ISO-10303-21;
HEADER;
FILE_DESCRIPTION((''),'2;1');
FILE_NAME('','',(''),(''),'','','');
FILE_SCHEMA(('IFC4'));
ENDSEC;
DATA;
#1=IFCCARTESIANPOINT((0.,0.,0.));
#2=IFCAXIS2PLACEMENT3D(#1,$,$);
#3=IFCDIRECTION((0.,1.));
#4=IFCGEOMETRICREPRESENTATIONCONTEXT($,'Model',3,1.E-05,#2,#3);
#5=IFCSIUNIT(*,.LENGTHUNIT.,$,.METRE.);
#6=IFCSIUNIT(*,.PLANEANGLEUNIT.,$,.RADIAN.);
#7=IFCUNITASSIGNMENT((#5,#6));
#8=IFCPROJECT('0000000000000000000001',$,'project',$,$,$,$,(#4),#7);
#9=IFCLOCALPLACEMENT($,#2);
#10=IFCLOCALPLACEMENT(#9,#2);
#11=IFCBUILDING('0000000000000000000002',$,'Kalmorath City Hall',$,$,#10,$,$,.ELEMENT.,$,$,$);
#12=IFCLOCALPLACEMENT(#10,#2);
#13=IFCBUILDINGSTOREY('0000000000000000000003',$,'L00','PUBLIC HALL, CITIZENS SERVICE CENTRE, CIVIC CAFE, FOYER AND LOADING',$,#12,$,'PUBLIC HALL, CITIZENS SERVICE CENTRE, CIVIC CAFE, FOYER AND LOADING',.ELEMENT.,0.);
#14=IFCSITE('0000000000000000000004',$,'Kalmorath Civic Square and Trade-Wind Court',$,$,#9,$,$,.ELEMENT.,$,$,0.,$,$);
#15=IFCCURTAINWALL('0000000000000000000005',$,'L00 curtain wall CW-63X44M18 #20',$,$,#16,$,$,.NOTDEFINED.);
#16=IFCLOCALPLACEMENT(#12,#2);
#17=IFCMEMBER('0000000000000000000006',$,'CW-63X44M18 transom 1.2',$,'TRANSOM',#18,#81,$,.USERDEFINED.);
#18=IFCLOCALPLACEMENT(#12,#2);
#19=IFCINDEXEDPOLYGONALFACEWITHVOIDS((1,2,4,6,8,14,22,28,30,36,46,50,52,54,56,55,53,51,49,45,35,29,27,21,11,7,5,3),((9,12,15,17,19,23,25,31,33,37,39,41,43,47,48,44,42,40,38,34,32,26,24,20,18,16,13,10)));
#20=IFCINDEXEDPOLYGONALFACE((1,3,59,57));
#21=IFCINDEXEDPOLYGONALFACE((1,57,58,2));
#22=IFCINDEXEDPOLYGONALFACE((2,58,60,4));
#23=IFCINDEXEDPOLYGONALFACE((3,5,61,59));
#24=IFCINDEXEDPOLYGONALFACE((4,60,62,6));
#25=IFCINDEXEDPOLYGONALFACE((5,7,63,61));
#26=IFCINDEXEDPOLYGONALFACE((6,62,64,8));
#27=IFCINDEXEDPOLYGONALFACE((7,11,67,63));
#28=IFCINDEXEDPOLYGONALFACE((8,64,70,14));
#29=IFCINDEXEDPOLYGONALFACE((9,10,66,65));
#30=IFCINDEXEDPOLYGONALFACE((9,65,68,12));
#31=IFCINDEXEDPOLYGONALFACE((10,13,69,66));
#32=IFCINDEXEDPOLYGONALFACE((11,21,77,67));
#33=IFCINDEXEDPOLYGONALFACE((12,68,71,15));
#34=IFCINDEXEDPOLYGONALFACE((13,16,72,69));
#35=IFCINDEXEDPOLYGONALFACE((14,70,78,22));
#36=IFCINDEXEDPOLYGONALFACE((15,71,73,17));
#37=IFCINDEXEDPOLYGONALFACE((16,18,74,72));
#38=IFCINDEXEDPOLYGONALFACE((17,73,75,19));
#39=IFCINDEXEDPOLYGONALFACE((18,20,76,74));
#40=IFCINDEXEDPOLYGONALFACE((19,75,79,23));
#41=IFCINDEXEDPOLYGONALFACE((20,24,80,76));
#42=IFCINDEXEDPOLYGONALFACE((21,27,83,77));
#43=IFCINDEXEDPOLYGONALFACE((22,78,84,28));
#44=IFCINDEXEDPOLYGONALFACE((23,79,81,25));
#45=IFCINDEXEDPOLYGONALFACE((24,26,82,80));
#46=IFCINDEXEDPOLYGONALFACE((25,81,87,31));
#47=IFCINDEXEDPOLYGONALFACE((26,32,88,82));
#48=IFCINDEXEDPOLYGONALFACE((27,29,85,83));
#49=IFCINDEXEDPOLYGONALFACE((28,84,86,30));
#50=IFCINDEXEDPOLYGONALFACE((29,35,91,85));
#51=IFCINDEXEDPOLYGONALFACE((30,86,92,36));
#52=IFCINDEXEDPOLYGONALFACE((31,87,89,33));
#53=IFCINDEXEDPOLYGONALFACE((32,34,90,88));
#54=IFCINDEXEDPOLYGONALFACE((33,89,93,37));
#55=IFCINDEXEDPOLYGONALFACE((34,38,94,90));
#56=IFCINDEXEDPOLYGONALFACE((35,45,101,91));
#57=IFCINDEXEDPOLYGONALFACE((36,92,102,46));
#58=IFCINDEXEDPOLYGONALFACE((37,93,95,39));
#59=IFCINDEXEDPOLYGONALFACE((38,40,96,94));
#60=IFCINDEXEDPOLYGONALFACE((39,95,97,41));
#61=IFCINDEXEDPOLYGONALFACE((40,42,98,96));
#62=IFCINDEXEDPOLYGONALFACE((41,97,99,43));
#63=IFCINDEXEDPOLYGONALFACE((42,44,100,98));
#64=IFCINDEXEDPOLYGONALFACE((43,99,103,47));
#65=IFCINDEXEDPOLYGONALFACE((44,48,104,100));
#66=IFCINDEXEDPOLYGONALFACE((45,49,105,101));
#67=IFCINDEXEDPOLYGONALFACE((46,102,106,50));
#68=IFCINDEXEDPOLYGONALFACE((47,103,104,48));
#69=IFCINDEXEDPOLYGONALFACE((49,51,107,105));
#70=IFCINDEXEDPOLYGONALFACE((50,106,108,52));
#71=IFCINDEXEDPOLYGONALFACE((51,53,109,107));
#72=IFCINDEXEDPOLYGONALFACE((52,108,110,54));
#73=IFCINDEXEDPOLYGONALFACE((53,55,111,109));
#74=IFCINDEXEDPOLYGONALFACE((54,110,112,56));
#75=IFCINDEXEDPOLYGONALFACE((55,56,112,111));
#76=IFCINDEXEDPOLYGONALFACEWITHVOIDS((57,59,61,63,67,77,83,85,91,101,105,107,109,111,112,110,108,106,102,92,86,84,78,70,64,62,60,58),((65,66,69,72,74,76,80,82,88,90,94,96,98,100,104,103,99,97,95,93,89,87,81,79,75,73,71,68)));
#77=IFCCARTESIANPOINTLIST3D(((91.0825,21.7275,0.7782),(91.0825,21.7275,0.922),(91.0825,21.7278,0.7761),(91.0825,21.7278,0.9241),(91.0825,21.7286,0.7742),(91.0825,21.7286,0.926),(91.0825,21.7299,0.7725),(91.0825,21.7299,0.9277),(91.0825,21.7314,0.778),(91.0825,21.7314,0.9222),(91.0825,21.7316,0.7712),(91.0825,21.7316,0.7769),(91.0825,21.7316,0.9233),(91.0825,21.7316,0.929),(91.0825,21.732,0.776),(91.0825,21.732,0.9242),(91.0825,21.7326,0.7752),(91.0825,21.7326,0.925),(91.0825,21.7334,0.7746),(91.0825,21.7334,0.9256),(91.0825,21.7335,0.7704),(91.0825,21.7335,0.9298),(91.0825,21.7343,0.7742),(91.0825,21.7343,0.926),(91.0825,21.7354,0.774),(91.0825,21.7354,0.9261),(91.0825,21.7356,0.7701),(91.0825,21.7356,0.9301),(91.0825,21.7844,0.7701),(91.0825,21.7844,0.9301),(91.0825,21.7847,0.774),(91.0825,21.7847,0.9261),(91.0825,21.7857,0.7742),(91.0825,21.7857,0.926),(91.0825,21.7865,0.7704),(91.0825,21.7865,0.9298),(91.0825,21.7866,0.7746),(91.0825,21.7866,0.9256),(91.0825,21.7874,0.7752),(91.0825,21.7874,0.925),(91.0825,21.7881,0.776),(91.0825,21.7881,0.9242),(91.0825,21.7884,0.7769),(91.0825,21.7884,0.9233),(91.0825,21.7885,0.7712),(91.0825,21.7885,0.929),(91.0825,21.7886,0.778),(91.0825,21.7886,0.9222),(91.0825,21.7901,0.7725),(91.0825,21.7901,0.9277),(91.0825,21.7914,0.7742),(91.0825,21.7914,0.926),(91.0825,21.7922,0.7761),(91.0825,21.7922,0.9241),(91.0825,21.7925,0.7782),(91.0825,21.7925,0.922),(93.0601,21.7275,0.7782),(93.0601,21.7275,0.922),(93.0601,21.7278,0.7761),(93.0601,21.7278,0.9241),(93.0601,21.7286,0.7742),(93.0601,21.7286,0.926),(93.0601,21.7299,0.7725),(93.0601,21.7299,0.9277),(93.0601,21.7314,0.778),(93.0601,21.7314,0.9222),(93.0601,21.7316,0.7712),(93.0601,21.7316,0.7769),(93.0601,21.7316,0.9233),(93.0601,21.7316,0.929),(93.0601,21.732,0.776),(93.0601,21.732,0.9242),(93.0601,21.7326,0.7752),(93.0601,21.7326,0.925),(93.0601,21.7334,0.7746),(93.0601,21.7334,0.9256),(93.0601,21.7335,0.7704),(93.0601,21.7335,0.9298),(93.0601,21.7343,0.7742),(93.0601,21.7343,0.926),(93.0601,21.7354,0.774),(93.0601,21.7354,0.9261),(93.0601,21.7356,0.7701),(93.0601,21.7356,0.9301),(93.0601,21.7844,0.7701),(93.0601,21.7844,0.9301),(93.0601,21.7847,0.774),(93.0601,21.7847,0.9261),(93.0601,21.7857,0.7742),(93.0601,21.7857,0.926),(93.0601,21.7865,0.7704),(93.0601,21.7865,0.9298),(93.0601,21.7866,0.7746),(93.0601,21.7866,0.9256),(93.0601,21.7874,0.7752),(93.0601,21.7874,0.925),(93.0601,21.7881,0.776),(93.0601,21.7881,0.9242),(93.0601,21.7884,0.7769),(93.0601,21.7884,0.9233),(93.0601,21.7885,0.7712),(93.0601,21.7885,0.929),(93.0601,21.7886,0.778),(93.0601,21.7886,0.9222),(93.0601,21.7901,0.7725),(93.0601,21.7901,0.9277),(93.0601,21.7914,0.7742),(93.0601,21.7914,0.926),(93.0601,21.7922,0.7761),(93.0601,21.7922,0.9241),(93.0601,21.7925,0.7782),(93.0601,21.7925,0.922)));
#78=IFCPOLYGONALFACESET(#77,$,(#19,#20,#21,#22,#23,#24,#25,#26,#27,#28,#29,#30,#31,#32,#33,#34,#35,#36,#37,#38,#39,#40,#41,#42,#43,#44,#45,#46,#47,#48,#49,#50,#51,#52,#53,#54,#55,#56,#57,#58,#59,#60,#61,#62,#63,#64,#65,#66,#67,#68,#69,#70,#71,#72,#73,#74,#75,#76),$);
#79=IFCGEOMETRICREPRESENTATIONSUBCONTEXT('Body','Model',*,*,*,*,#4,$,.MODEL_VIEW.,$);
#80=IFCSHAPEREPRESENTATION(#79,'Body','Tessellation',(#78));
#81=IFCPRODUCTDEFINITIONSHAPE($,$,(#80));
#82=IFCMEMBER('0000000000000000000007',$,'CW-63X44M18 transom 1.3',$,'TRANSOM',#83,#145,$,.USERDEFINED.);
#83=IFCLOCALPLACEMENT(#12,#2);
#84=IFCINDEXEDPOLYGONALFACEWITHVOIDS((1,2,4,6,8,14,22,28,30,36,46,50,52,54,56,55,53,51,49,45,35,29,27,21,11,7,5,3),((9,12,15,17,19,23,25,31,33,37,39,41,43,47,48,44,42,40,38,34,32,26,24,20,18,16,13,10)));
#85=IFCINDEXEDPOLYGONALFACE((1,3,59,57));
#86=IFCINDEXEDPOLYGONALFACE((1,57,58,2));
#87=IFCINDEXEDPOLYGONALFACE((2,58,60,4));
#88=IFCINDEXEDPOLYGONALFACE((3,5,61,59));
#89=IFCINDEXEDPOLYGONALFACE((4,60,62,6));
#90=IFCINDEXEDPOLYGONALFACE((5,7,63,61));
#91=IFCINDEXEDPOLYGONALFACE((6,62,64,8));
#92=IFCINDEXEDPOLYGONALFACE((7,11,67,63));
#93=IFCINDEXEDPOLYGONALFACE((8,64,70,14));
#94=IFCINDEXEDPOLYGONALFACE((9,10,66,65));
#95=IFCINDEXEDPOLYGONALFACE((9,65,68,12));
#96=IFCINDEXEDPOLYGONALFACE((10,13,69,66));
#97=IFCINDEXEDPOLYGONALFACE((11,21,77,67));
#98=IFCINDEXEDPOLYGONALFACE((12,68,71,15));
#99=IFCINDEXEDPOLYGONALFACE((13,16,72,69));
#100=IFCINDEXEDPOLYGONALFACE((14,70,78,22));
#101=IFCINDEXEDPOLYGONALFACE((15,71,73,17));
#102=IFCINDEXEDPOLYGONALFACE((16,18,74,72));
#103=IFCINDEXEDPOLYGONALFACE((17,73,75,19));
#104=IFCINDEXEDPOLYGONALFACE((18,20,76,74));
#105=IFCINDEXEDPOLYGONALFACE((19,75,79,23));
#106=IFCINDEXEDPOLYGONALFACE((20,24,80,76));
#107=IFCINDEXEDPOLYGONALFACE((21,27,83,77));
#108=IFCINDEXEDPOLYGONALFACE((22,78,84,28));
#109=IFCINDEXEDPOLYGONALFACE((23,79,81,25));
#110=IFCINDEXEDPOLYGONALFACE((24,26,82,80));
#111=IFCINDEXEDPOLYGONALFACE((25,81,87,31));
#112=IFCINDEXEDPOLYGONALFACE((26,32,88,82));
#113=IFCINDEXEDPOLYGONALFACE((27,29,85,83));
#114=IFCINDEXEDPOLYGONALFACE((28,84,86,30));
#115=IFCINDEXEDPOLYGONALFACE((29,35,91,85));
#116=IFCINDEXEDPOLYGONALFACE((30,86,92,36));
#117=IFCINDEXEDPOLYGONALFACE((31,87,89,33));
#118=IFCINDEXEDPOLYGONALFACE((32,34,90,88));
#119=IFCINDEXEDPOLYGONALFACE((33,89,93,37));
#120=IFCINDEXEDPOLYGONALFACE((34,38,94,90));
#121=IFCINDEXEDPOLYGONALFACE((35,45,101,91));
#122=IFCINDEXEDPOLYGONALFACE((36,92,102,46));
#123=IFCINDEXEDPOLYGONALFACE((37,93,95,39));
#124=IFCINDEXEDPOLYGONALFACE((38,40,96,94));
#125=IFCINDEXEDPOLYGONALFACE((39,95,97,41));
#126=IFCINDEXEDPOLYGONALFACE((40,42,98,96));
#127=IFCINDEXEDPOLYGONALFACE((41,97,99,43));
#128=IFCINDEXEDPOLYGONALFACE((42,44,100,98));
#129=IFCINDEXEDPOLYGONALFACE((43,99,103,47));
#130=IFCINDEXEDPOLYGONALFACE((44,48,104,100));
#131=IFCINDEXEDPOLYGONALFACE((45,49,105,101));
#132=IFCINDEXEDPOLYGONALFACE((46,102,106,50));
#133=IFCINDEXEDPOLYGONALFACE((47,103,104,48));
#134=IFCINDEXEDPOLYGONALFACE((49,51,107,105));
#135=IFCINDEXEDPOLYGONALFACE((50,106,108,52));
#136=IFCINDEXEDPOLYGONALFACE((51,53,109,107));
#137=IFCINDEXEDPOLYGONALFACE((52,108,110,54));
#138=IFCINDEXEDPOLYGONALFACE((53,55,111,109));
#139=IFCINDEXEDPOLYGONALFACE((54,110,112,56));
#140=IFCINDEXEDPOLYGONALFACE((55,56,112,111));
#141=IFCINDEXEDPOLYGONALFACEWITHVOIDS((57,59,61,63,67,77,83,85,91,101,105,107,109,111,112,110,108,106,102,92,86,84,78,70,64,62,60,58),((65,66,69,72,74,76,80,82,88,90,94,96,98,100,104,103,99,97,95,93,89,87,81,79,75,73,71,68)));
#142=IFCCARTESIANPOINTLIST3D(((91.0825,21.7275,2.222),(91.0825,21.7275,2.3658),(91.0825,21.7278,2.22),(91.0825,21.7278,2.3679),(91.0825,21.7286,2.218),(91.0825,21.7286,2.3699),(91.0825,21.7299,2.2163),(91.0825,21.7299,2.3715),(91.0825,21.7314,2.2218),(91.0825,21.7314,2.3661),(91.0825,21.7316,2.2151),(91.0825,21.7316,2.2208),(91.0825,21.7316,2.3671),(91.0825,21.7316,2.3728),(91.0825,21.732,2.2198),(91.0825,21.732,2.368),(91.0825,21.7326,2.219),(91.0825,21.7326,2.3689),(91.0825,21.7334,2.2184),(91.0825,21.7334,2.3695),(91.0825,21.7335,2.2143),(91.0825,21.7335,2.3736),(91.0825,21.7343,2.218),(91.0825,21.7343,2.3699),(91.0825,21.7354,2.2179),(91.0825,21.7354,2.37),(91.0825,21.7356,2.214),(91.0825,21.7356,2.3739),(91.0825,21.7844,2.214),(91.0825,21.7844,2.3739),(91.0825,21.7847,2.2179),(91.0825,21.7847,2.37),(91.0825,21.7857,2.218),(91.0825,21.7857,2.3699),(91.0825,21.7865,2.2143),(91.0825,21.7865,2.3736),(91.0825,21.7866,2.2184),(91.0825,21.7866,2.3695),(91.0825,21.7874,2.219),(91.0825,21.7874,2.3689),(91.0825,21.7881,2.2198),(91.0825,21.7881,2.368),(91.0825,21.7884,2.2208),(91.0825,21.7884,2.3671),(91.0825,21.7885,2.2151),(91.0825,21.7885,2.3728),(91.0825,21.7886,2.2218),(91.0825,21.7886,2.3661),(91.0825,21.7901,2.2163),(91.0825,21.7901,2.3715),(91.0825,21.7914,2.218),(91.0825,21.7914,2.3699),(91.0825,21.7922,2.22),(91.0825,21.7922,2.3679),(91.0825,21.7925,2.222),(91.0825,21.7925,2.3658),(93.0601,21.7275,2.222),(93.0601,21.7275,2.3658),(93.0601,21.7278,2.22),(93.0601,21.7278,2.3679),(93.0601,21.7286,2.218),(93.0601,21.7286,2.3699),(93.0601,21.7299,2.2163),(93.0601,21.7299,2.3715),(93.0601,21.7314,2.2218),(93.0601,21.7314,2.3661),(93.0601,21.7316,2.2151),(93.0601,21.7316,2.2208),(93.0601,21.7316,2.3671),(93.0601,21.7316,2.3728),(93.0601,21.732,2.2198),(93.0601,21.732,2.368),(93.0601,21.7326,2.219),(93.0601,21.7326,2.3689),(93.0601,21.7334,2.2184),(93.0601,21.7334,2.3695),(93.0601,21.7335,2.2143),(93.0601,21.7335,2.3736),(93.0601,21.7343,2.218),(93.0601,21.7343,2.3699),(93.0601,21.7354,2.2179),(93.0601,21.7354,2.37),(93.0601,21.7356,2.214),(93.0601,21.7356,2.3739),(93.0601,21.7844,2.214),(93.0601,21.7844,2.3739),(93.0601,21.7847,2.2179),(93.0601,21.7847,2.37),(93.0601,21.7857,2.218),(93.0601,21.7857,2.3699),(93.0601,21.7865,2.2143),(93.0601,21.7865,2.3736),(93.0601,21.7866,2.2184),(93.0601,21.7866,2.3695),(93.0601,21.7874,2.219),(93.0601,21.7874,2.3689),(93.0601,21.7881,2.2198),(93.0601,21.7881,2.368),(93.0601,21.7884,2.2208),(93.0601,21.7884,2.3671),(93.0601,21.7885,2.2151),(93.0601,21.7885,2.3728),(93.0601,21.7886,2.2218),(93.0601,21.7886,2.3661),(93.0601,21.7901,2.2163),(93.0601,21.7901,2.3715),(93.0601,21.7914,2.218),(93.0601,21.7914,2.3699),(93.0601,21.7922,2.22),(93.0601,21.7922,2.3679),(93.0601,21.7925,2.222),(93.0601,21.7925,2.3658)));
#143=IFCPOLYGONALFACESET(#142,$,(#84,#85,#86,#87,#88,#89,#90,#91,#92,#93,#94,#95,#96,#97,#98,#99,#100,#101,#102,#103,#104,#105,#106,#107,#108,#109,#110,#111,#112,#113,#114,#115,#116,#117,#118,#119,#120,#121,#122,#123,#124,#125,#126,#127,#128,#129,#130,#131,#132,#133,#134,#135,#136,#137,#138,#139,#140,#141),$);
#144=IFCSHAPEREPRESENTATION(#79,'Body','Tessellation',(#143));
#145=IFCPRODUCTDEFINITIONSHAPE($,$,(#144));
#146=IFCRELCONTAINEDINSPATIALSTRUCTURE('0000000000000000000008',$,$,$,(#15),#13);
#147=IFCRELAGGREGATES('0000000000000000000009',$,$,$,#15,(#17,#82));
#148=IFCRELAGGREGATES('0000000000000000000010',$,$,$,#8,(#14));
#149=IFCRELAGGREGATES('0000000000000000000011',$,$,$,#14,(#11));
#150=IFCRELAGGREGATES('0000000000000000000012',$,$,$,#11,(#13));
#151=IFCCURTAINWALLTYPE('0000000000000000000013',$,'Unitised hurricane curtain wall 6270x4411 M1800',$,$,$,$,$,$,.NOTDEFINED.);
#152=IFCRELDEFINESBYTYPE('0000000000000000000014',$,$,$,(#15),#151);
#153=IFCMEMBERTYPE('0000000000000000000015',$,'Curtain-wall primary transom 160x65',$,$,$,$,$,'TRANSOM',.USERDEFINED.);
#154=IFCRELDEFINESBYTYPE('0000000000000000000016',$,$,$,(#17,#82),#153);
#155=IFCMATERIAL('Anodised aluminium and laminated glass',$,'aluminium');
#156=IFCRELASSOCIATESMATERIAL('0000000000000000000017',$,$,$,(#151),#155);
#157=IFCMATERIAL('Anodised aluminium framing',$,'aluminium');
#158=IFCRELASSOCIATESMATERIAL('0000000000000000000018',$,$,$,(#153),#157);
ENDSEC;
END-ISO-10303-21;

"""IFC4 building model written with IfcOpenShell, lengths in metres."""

from ifc_helpers import new_model, si_unit, direction, frame, origin, origin_2d, place, context, subcontext, project, spatial, hollow_rectangle, extrude, material, material_profile, profile_set, type_object, element, aggregate, save


model = new_model("IFC4")

# Units and contexts
model_context = context("Model", 3, precision=1e-05, world=origin(), true_north=direction((0.0, 1.0)))
body_context = subcontext(model_context, "Body", "Model", "MODEL_VIEW")
ifc_project = project(units=[si_unit("LENGTHUNIT", "METRE"), si_unit("PLANEANGLEUNIT", "RADIAN")], contexts=[model_context])

# Site, building, storey
site_placement = place(None, origin())
site = spatial("IfcSite", under=ifc_project, at=site_placement, Name="Kalmorath Civic Square and Trade-Wind Court", CompositionType="ELEMENT", RefElevation=0.0)
building_placement = place(site_placement, origin())
building = spatial("IfcBuilding", under=site, at=building_placement, Name="Kalmorath City Hall", CompositionType="ELEMENT")
storey_placement = place(building_placement, origin())
storey = spatial("IfcBuildingStorey", under=building, at=storey_placement, Name="L00", Description="PUBLIC HALL, CITIZENS SERVICE CENTRE, CIVIC CAFE, FOYER AND LOADING", LongName="PUBLIC HALL, CITIZENS SERVICE CENTRE, CIVIC CAFE, FOYER AND LOADING", CompositionType="ELEMENT", Elevation=0.0)

# Curtain wall, members
ifc_material_1 = material(Name="Anodised aluminium and laminated glass", Category="aluminium")
curtain_wall_type = type_object("IfcCurtainWallType", Name="Unitised hurricane curtain wall 6270x4411 M1800", PredefinedType="NOTDEFINED", material=ifc_material_1)
curtain_wall_placement = place(storey_placement, origin())
curtain_wall = element("IfcCurtainWall", 1, at=curtain_wall_placement, inside=storey, type_object=curtain_wall_type, Name="L00 curtain wall CW-63X44M18 #20", PredefinedType="NOTDEFINED")
ifc_material_2 = material(Name="Anodised aluminium framing", Category="aluminium")
ifc_material_profile_1 = material_profile(ifc_material_2, hollow_rectangle(XDim=0.0649, YDim=0.1599, WallThickness=0.0039, InnerFilletRadius=0.0039, OuterFilletRadius=0.0081, at=origin_2d()), Name="ALU-TRN-160X65X4")
ifc_profile_set_1 = profile_set([ifc_material_profile_1], Name="Anodised aluminium framing")
member_type_1 = type_object("IfcMemberType", Name="Curtain-wall primary transom 160x65", ElementType="TRANSOM", PredefinedType="USERDEFINED", material=ifc_profile_set_1)
member_1_placement = place(storey_placement, frame((93.0601, 21.76, 0.8501), z_axis=(-1.0, 0.0, 0.0), x_axis=(0.0, -1.0, 0.0)))
member_1 = element("IfcMember", 2, at=member_1_placement, type_object=member_type_1, Name="CW-63X44M18 transom 1.2", ObjectType="TRANSOM", PredefinedType="USERDEFINED", context=body_context, shape_type="SweptSolid", body=[
    extrude(hollow_rectangle(XDim=0.0649, YDim=0.1599, WallThickness=0.0039, InnerFilletRadius=0.0039, OuterFilletRadius=0.0081, at=origin_2d()), origin(), (0.0, 0.0, 1.0), 1.9775),
])
member_2_placement = place(storey_placement, frame((93.0601, 21.76, 2.2939), z_axis=(-1.0, 0.0, 0.0), x_axis=(0.0, -1.0, 0.0)))
member_2 = element("IfcMember", 3, at=member_2_placement, type_object=member_type_1, Name="CW-63X44M18 transom 1.3", ObjectType="TRANSOM", PredefinedType="USERDEFINED", context=body_context, shape_type="SweptSolid", body=[
    extrude(hollow_rectangle(XDim=0.0649, YDim=0.1599, WallThickness=0.0039, InnerFilletRadius=0.0039, OuterFilletRadius=0.0081, at=origin_2d()), origin(), (0.0, 0.0, 1.0), 1.9775),
])
aggregate(curtain_wall, [member_1, member_2])

save(model, "model.ifc")
